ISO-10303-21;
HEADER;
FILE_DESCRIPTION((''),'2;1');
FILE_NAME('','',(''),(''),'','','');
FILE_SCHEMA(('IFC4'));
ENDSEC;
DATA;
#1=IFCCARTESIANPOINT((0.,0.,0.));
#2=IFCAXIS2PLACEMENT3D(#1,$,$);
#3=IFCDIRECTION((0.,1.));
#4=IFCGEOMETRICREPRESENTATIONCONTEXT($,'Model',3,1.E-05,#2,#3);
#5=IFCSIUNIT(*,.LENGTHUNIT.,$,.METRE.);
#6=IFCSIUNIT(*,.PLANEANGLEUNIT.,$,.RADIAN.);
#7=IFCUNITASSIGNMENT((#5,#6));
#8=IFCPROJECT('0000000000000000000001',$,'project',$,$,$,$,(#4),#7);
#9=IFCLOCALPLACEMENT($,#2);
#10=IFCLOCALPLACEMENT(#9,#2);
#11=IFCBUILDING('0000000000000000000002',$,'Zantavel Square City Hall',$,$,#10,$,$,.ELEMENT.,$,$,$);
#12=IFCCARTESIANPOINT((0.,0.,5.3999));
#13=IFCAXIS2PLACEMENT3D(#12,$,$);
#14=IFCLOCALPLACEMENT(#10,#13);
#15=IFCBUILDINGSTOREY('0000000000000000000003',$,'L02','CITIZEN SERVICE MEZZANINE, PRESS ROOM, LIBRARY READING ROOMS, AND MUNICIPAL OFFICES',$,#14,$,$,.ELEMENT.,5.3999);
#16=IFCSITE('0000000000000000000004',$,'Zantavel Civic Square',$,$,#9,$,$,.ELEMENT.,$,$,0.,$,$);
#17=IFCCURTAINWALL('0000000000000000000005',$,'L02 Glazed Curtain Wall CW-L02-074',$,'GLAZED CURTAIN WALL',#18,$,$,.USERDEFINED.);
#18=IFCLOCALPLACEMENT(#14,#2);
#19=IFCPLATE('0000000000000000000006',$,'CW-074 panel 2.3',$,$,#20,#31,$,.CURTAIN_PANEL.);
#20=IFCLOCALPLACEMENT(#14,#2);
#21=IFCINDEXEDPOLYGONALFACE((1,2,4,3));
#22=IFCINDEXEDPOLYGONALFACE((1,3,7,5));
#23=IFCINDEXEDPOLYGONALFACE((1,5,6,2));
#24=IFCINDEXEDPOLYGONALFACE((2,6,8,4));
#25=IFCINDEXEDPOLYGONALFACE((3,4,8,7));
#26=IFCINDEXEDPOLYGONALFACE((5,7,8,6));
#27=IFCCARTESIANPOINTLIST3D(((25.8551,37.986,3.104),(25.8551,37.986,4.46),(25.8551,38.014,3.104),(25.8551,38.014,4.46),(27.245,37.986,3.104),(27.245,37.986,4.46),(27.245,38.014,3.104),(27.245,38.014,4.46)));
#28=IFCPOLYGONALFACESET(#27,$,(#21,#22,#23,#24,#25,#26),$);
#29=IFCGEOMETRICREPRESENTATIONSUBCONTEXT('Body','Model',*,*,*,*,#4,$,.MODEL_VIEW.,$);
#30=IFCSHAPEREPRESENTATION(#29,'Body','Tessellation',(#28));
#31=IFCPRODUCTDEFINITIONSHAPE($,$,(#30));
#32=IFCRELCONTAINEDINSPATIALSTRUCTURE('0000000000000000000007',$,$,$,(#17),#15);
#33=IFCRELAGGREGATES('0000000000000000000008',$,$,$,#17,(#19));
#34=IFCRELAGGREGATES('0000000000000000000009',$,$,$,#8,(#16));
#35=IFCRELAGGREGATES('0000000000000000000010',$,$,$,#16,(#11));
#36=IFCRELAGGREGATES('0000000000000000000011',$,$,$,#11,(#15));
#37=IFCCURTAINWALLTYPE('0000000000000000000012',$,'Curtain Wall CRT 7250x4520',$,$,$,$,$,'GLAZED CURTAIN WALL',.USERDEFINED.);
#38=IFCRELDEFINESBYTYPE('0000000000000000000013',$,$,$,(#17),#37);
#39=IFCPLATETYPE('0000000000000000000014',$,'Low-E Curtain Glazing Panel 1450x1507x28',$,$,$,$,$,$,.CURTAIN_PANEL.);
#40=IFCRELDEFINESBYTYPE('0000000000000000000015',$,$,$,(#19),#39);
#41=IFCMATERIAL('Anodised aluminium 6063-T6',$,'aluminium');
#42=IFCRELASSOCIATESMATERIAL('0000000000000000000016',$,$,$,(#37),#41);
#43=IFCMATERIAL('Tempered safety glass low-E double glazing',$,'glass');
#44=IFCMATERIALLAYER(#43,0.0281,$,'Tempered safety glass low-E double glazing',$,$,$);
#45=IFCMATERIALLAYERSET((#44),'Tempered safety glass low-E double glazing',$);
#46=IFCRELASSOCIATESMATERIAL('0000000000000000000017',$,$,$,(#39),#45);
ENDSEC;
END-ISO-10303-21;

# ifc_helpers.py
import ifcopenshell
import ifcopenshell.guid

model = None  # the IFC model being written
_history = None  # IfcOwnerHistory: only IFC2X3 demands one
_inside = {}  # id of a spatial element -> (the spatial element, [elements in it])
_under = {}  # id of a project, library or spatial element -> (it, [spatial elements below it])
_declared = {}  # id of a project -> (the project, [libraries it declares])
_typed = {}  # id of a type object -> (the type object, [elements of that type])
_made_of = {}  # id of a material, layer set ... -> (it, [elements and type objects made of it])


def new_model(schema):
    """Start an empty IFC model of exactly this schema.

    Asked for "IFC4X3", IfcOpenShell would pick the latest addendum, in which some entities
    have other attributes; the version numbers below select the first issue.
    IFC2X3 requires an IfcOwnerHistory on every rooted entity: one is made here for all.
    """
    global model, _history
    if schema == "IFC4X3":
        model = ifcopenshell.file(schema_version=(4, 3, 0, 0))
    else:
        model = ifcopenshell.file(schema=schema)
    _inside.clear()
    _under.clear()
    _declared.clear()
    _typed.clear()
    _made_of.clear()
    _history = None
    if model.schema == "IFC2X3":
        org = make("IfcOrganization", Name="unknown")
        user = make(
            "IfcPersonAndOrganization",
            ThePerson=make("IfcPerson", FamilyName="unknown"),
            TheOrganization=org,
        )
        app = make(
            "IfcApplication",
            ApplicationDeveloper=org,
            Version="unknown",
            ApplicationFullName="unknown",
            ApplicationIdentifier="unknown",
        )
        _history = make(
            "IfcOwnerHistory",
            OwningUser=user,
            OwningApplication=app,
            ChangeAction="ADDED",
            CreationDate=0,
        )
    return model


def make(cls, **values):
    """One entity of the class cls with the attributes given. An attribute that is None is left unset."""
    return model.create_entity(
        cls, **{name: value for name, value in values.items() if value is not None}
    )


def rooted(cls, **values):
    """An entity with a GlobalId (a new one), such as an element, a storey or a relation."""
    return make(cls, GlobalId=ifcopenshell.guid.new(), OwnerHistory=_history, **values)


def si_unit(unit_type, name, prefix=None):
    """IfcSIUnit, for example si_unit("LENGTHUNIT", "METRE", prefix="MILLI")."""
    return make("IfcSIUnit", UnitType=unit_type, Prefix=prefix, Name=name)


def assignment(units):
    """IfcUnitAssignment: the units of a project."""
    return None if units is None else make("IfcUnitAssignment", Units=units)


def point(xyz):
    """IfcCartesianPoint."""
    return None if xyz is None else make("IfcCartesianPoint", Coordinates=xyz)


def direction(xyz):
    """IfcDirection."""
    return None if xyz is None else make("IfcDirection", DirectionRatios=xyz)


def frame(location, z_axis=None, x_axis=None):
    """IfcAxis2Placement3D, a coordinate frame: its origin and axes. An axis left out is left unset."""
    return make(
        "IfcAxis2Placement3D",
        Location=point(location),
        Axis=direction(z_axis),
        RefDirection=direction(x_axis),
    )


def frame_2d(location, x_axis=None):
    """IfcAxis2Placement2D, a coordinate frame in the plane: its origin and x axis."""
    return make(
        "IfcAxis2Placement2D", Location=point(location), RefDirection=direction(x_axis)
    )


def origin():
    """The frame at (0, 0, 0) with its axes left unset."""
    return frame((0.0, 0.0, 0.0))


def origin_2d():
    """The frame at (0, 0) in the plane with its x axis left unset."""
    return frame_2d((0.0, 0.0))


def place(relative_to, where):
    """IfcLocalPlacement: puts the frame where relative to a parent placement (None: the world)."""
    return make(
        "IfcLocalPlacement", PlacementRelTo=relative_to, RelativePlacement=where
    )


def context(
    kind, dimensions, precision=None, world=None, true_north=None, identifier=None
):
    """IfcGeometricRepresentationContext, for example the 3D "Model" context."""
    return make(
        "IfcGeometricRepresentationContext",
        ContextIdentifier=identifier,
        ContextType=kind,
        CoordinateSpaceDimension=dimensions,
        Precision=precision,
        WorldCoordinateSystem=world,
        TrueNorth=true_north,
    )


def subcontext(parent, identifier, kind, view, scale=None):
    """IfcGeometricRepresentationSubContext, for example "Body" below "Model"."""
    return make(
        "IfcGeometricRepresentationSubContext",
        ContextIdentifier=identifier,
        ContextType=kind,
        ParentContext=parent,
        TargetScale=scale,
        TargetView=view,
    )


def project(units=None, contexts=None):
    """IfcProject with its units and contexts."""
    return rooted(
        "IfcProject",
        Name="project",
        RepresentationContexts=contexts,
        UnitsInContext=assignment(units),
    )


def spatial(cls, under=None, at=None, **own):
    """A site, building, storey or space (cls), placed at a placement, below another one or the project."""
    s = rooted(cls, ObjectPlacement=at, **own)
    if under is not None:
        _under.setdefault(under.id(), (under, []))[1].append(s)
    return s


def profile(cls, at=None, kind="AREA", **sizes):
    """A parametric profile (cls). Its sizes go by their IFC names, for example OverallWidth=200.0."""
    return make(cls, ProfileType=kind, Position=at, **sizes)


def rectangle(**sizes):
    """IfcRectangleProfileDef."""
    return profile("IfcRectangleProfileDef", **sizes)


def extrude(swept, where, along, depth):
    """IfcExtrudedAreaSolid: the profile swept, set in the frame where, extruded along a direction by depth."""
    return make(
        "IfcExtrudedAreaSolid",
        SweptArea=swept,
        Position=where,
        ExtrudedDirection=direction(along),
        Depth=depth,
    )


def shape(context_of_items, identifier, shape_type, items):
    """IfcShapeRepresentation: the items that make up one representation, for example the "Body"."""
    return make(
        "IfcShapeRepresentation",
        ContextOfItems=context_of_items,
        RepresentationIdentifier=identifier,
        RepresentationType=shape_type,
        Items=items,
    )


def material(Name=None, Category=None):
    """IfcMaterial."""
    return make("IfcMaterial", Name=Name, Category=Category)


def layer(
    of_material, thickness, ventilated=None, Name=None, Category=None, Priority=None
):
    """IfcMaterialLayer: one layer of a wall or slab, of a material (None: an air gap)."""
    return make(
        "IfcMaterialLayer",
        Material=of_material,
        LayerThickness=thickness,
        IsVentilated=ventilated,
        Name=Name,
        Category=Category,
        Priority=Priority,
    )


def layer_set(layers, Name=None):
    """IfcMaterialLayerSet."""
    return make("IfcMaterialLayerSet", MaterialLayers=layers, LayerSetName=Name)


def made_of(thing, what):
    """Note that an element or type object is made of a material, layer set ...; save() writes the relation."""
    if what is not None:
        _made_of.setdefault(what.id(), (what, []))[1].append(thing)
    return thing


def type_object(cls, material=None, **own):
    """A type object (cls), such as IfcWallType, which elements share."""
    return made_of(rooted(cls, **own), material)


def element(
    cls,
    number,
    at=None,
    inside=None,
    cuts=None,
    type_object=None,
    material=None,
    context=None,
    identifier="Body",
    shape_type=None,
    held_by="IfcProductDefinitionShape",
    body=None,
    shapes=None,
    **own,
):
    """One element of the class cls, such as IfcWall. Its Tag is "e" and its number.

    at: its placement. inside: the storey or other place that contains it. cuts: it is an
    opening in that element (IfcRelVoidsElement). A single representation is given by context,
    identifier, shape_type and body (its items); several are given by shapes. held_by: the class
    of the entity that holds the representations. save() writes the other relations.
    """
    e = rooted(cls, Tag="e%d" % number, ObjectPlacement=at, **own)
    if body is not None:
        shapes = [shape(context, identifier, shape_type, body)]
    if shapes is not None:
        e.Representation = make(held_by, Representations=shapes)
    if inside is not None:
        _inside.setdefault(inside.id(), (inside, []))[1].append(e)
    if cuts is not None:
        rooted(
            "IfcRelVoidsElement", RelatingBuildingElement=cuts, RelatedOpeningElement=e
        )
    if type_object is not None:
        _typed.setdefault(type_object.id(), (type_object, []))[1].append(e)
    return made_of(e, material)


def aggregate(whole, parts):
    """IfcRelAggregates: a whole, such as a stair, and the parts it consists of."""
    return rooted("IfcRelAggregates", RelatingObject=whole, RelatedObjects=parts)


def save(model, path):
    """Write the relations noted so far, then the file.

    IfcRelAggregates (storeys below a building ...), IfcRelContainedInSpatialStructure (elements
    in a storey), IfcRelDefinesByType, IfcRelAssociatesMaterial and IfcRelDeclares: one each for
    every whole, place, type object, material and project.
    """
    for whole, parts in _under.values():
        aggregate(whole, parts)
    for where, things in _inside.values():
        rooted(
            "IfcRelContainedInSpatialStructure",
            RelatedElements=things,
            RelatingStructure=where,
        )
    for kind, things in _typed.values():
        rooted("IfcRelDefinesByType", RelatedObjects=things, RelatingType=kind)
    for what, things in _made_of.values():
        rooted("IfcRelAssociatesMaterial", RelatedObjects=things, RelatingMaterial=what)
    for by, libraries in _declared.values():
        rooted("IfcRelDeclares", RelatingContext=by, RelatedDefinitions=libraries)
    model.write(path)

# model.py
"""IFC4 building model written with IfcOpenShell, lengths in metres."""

from ifc_helpers import new_model, si_unit, direction, frame, origin, origin_2d, place, context, subcontext, project, spatial, rectangle, extrude, material, layer, layer_set, type_object, element, aggregate, save


model = new_model("IFC4")

# Units and contexts
model_context = context("Model", 3, precision=1e-05, world=origin(), true_north=direction((0.0, 1.0)))
body_context = subcontext(model_context, "Body", "Model", "MODEL_VIEW")
ifc_project = project(units=[si_unit("LENGTHUNIT", "METRE"), si_unit("PLANEANGLEUNIT", "RADIAN")], contexts=[model_context])

# Site, building, storey
site_placement = place(None, origin())
site = spatial("IfcSite", under=ifc_project, at=site_placement, Name="Zantavel Civic Square", CompositionType="ELEMENT", RefElevation=0.0)
building_placement = place(site_placement, origin())
building = spatial("IfcBuilding", under=site, at=building_placement, Name="Zantavel Square City Hall", CompositionType="ELEMENT")
storey_placement = place(building_placement, frame((0.0, 0.0, 5.3999)))
storey = spatial("IfcBuildingStorey", under=building, at=storey_placement, Name="L02", Description="CITIZEN SERVICE MEZZANINE, PRESS ROOM, LIBRARY READING ROOMS, AND MUNICIPAL OFFICES", CompositionType="ELEMENT", Elevation=5.3999)

# Shared definitions
ifc_material_1 = material(Name="Anodised aluminium 6063-T6", Category="aluminium")
curtain_wall_type = type_object("IfcCurtainWallType", Name="Curtain Wall CRT 7250x4520", ElementType="GLAZED CURTAIN WALL", PredefinedType="USERDEFINED", material=ifc_material_1)

# Curtain wall, plate
curtain_wall_1_placement = place(storey_placement, origin())
curtain_wall_1 = element("IfcCurtainWall", 1, at=curtain_wall_1_placement, inside=storey, type_object=curtain_wall_type, Name="L02 Glazed Curtain Wall CW-L02-074", ObjectType="GLAZED CURTAIN WALL", PredefinedType="USERDEFINED")
ifc_material_2 = material(Name="Tempered safety glass low-E double glazing", Category="glass")
ifc_layer = layer(ifc_material_2, 0.0281, Name="Tempered safety glass low-E double glazing")
ifc_layer_set = layer_set([ifc_layer], Name="Tempered safety glass low-E double glazing")
plate_type = type_object("IfcPlateType", Name="Low-E Curtain Glazing Panel 1450x1507x28", PredefinedType="CURTAIN_PANEL", material=ifc_layer_set)
plate_1_placement = place(storey_placement, frame((26.55, 38.0, 3.104), z_axis=(0.0, 0.0, 1.0), x_axis=(1.0, 0.0, 0.0)))
plate_1 = element("IfcPlate", 2, at=plate_1_placement, type_object=plate_type, Name="CW-074 panel 2.3", PredefinedType="CURTAIN_PANEL", context=body_context, shape_type="SweptSolid", body=[
    extrude(rectangle(XDim=1.3899, YDim=0.0281, at=origin_2d()), origin(), (0.0, 0.0, 1.0), 1.356),
])
aggregate(curtain_wall_1, [plate_1])

save(model, "model.ifc")
